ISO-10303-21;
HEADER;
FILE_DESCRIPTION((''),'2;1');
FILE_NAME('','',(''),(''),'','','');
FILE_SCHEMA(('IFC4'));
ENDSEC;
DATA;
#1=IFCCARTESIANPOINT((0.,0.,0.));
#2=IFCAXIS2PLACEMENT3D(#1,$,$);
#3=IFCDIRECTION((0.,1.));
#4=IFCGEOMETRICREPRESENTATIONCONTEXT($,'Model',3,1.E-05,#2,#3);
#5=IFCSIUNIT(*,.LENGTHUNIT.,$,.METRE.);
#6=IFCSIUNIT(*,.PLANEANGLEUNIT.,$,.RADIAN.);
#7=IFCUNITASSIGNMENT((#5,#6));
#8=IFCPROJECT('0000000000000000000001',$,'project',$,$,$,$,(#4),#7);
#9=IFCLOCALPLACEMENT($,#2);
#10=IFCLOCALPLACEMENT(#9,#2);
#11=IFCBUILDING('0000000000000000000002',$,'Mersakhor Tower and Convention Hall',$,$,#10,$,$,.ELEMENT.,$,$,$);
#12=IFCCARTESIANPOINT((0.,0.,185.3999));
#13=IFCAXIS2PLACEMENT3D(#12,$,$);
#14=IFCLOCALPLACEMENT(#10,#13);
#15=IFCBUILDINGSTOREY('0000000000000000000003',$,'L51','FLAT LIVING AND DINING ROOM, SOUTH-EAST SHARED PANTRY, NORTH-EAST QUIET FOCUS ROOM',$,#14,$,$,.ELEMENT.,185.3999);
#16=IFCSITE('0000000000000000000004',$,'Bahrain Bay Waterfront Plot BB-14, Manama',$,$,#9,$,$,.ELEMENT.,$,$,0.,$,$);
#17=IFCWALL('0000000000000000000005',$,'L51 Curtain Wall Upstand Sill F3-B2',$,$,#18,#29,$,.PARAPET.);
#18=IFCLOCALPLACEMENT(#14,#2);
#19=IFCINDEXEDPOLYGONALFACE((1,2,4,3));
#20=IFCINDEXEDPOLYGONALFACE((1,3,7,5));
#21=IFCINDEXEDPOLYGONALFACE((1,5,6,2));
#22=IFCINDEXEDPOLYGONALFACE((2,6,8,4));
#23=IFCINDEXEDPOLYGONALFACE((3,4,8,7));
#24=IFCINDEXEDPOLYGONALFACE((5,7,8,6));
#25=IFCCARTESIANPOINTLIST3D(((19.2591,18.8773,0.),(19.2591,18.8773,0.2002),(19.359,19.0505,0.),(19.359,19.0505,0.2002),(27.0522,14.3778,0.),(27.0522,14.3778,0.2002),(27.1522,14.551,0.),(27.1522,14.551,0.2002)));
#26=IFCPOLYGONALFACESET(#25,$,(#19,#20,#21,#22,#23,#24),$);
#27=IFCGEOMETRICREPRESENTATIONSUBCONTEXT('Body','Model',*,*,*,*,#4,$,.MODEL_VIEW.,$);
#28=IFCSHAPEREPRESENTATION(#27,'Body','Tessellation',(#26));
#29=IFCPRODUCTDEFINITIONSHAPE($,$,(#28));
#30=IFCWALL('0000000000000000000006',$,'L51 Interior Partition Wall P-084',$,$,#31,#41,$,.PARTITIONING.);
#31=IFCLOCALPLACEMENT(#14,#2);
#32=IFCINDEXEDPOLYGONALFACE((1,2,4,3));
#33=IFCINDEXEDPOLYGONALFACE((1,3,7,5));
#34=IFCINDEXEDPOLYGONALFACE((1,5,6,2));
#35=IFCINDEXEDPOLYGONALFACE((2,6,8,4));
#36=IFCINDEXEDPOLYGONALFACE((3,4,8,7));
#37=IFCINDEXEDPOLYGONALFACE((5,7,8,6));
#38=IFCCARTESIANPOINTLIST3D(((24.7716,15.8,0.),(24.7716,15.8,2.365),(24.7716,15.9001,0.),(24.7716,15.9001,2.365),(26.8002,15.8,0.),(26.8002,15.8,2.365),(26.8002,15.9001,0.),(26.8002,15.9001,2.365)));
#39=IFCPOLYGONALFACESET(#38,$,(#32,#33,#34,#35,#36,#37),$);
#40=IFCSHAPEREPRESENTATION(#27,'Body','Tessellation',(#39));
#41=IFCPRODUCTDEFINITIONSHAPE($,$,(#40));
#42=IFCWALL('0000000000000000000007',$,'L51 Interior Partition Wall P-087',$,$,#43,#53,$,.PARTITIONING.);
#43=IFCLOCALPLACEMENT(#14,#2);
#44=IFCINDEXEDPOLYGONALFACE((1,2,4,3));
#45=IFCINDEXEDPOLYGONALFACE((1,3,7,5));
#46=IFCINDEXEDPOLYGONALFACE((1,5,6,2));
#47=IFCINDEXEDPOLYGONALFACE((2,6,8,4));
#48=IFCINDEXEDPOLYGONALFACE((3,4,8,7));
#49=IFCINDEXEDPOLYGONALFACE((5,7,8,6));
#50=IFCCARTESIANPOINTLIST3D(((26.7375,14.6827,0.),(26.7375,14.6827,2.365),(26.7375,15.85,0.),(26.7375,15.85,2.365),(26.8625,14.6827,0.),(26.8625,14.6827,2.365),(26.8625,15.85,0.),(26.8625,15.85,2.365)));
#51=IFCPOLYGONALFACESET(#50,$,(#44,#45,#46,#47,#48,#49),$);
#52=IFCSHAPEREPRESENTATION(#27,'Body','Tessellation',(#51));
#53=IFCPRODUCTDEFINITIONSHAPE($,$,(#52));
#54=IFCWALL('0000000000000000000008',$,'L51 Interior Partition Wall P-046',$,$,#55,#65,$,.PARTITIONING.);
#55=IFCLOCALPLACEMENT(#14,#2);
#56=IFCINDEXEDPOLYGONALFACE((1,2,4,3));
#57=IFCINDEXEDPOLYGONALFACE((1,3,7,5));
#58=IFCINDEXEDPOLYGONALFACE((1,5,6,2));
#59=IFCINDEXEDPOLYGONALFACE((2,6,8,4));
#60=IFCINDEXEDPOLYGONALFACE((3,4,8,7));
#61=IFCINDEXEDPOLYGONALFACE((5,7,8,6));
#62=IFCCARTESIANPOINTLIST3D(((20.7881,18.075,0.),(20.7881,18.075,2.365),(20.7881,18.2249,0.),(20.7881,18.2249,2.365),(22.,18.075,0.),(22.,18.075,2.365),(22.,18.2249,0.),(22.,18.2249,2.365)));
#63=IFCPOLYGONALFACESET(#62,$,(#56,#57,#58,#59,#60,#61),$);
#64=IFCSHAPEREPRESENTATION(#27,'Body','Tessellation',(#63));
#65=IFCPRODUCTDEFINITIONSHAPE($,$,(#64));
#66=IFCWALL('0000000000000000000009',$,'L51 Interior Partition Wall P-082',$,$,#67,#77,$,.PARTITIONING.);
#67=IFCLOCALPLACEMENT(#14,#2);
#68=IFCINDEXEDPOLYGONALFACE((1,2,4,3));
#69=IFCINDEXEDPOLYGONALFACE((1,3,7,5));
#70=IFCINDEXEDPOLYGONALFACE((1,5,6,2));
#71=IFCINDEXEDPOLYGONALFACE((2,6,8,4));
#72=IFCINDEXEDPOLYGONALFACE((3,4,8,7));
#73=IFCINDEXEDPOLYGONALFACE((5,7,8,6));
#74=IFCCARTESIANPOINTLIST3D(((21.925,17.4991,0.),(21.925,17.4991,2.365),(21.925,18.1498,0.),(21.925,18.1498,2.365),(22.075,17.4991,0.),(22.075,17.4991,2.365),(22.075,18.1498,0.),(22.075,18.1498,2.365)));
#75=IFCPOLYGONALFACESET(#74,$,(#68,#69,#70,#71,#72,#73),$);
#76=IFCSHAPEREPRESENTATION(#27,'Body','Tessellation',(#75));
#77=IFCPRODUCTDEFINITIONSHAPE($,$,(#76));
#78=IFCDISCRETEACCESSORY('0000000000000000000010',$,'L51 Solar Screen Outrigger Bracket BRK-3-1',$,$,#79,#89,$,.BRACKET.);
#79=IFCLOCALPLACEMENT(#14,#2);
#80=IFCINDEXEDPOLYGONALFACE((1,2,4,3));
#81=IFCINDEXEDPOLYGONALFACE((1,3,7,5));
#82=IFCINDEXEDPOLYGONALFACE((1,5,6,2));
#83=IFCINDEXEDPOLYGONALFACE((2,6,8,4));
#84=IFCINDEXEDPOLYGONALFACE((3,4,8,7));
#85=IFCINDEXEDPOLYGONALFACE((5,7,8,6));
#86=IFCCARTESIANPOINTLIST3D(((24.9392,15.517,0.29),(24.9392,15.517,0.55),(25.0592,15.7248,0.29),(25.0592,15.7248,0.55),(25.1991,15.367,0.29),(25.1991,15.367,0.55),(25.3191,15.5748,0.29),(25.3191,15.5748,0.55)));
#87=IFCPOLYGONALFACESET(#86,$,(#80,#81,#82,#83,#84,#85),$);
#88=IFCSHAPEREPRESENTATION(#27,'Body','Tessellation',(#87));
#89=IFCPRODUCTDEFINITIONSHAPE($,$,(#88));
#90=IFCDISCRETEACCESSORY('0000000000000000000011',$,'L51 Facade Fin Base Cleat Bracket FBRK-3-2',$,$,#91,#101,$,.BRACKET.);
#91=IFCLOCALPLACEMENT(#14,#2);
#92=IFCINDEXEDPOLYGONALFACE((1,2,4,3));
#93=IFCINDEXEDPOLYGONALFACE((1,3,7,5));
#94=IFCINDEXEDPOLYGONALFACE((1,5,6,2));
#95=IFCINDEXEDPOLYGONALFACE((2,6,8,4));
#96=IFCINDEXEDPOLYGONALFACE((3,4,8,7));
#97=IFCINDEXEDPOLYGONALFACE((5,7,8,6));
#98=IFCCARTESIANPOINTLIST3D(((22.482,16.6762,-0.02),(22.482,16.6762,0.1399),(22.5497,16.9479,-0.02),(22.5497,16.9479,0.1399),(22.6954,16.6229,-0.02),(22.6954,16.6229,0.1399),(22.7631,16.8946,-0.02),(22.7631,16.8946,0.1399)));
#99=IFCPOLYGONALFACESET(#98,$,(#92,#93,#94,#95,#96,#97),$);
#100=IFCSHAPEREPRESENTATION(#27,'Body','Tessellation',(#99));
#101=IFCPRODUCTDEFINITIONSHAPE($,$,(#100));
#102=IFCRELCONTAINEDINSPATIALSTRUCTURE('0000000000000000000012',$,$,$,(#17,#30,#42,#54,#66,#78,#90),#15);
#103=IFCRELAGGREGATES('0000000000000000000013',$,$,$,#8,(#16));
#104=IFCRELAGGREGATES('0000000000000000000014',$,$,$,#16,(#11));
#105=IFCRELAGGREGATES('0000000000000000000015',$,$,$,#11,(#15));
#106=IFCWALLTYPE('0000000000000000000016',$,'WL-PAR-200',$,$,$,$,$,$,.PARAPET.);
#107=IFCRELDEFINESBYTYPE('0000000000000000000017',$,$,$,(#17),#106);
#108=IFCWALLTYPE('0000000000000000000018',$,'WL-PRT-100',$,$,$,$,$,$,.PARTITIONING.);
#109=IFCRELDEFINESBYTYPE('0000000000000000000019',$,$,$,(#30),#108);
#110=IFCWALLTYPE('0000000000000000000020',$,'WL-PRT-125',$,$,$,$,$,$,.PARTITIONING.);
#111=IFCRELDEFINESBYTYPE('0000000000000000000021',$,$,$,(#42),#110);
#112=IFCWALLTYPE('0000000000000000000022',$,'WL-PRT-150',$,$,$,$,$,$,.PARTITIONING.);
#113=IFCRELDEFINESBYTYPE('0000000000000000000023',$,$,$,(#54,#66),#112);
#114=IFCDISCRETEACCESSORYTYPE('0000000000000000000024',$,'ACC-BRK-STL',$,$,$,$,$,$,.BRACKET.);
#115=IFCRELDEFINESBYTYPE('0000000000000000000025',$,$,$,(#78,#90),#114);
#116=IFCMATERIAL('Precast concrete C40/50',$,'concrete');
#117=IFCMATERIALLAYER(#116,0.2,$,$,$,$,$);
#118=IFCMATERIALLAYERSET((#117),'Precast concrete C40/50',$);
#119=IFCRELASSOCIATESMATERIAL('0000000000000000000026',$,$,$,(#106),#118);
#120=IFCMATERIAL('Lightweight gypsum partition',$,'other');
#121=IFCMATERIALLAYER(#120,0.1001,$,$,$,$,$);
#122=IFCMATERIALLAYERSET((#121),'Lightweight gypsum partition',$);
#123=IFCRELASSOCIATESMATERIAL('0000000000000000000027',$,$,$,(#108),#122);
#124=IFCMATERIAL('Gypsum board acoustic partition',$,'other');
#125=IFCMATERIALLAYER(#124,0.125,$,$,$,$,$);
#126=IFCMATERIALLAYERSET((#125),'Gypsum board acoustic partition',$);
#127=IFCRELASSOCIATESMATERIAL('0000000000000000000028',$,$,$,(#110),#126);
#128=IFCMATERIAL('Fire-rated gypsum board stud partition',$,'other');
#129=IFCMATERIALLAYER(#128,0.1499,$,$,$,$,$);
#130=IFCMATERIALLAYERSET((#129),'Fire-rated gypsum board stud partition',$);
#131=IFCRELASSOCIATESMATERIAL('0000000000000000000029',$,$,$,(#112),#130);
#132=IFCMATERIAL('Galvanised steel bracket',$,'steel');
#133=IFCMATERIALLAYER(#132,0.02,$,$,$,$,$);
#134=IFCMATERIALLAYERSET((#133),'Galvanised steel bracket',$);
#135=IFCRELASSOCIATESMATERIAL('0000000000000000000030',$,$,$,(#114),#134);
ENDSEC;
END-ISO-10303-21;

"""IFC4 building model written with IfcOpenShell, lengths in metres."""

from ifc_helpers import new_model, si_unit, direction, frame, frame_2d, origin, origin_2d, place, context, subcontext, project, spatial, rectangle, extrude, material, layer, layer_set, type_object, element, save


model = new_model("IFC4")

# Units and contexts
model_context = context("Model", 3, precision=1e-05, world=origin(), true_north=direction((0.0, 1.0)))
body_context = subcontext(model_context, "Body", "Model", "MODEL_VIEW")
ifc_project = project(units=[si_unit("LENGTHUNIT", "METRE"), si_unit("PLANEANGLEUNIT", "RADIAN")], contexts=[model_context])

# Site, building, storey
site_placement = place(None, origin())
site = spatial("IfcSite", under=ifc_project, at=site_placement, Name="Bahrain Bay Waterfront Plot BB-14, Manama", CompositionType="ELEMENT", RefElevation=0.0)
building_placement = place(site_placement, origin())
building = spatial("IfcBuilding", under=site, at=building_placement, Name="Mersakhor Tower and Convention Hall", CompositionType="ELEMENT")
storey_placement = place(building_placement, frame((0.0, 0.0, 185.3999)))
storey = spatial("IfcBuildingStorey", under=building, at=storey_placement, Name="L51", Description="FLAT LIVING AND DINING ROOM, SOUTH-EAST SHARED PANTRY, NORTH-EAST QUIET FOCUS ROOM", CompositionType="ELEMENT", Elevation=185.3999)

# Walls
ifc_material_1 = material(Name="Precast concrete C40/50", Category="concrete")
ifc_layer_1 = layer(ifc_material_1, 0.2)
ifc_layer_set_1 = layer_set([ifc_layer_1], Name="Precast concrete C40/50")
wall_type_1 = type_object("IfcWallType", Name="WL-PAR-200", PredefinedType="PARAPET", material=ifc_layer_set_1)
wall_1_placement = place(storey_placement, frame((27.1023, 14.4644, 0.0), z_axis=(0.0, 0.0, 1.0), x_axis=(-0.866021, 0.500008, 0.0)))
element("IfcWall", 1, at=wall_1_placement, inside=storey, type_object=wall_type_1, Name="L51 Curtain Wall Upstand Sill F3-B2", PredefinedType="PARAPET", context=body_context, shape_type="SweptSolid", body=[
    extrude(rectangle(XDim=8.9988, YDim=0.2, at=frame_2d((4.4995, 0.0))), origin(), (0.0, 0.0, 1.0), 0.2002),
])
ifc_material_2 = material(Name="Lightweight gypsum partition", Category="other")
ifc_layer_2 = layer(ifc_material_2, 0.1001)
ifc_layer_set_2 = layer_set([ifc_layer_2], Name="Lightweight gypsum partition")
wall_type_2 = type_object("IfcWallType", Name="WL-PRT-100", PredefinedType="PARTITIONING", material=ifc_layer_set_2)
wall_2_placement = place(storey_placement, frame((26.8, 15.8501, 0.0), z_axis=(0.0, 0.0, 1.0), x_axis=(-1.0, 0.0, 0.0)))
element("IfcWall", 2, at=wall_2_placement, inside=storey, type_object=wall_type_2, Name="L51 Interior Partition Wall P-084", PredefinedType="PARTITIONING", context=body_context, shape_type="SweptSolid", body=[
    extrude(rectangle(XDim=2.0286, YDim=0.1001, at=frame_2d((1.0142, 0.0))), origin(), (0.0, 0.0, 1.0), 2.365),
])
ifc_material_3 = material(Name="Gypsum board acoustic partition", Category="other")
ifc_layer_3 = layer(ifc_material_3, 0.125)
ifc_layer_set_3 = layer_set([ifc_layer_3], Name="Gypsum board acoustic partition")
wall_type_3 = type_object("IfcWallType", Name="WL-PRT-125", PredefinedType="PARTITIONING", material=ifc_layer_set_3)
wall_3_placement = place(storey_placement, frame((26.8, 14.6829, 0.0), z_axis=(0.0, 0.0, 1.0), x_axis=(0.0, 1.0, 0.0)))
element("IfcWall", 3, at=wall_3_placement, inside=storey, type_object=wall_type_3, Name="L51 Interior Partition Wall P-087", PredefinedType="PARTITIONING", context=body_context, shape_type="SweptSolid", body=[
    extrude(rectangle(XDim=1.1672, YDim=0.125, at=frame_2d((0.5835, 0.0))), origin(), (0.0, 0.0, 1.0), 2.365),
])
ifc_material_4 = material(Name="Fire-rated gypsum board stud partition", Category="other")
ifc_layer_4 = layer(ifc_material_4, 0.1499)
ifc_layer_set_4 = layer_set([ifc_layer_4], Name="Fire-rated gypsum board stud partition")
wall_type_4 = type_object("IfcWallType", Name="WL-PRT-150", PredefinedType="PARTITIONING", material=ifc_layer_set_4)
wall_4_placement = place(storey_placement, frame((22.0, 18.1499, 0.0), z_axis=(0.0, 0.0, 1.0), x_axis=(-1.0, 0.0, 0.0)))
element("IfcWall", 4, at=wall_4_placement, inside=storey, type_object=wall_type_4, Name="L51 Interior Partition Wall P-046", PredefinedType="PARTITIONING", context=body_context, shape_type="SweptSolid", body=[
    extrude(rectangle(XDim=1.2119, YDim=0.1499, at=frame_2d((0.606, 0.0))), origin(), (0.0, 0.0, 1.0), 2.365),
])
wall_5_placement = place(storey_placement, frame((22.0, 17.4993, 0.0), z_axis=(0.0, 0.0, 1.0), x_axis=(0.0, 1.0, 0.0)))
element("IfcWall", 5, at=wall_5_placement, inside=storey, type_object=wall_type_4, Name="L51 Interior Partition Wall P-082", PredefinedType="PARTITIONING", context=body_context, shape_type="SweptSolid", body=[
    extrude(rectangle(XDim=0.6506, YDim=0.1499, at=frame_2d((0.3252, 0.0))), origin(), (0.0, 0.0, 1.0), 2.365),
])

# Discrete accessories
ifc_material_5 = material(Name="Galvanised steel bracket", Category="steel")
ifc_layer_5 = layer(ifc_material_5, 0.02)
ifc_layer_set_5 = layer_set([ifc_layer_5], Name="Galvanised steel bracket")
discrete_accessory_type = type_object("IfcDiscreteAccessoryType", Name="ACC-BRK-STL", PredefinedType="BRACKET", material=ifc_layer_set_5)
discrete_accessory_1_placement = place(storey_placement, frame((25.1292, 15.5459, 0.29), z_axis=(0.0, 0.0, 1.0), x_axis=(-0.866025, 0.5, 0.0)))
element("IfcDiscreteAccessory", 6, at=discrete_accessory_1_placement, inside=storey, type_object=discrete_accessory_type, Name="L51 Solar Screen Outrigger Bracket BRK-3-1", PredefinedType="BRACKET", context=body_context, shape_type="SweptSolid", body=[
    extrude(rectangle(XDim=0.3, YDim=0.24, at=origin_2d()), origin(), (0.0, 0.0, 1.0), 0.26),
])
discrete_accessory_2_placement = place(storey_placement, frame((22.6226, 16.7854, -0.02), z_axis=(0.0, 0.0, 1.0), x_axis=(-0.241922, -0.970296, 0.0)))
element("IfcDiscreteAccessory", 7, at=discrete_accessory_2_placement, inside=storey, type_object=discrete_accessory_type, Name="L51 Facade Fin Base Cleat Bracket FBRK-3-2", PredefinedType="BRACKET", context=body_context, shape_type="SweptSolid", body=[
    extrude(rectangle(XDim=0.28, YDim=0.22, at=origin_2d()), origin(), (0.0, 0.0, 1.0), 0.1599),
])

save(model, "model.ifc")
